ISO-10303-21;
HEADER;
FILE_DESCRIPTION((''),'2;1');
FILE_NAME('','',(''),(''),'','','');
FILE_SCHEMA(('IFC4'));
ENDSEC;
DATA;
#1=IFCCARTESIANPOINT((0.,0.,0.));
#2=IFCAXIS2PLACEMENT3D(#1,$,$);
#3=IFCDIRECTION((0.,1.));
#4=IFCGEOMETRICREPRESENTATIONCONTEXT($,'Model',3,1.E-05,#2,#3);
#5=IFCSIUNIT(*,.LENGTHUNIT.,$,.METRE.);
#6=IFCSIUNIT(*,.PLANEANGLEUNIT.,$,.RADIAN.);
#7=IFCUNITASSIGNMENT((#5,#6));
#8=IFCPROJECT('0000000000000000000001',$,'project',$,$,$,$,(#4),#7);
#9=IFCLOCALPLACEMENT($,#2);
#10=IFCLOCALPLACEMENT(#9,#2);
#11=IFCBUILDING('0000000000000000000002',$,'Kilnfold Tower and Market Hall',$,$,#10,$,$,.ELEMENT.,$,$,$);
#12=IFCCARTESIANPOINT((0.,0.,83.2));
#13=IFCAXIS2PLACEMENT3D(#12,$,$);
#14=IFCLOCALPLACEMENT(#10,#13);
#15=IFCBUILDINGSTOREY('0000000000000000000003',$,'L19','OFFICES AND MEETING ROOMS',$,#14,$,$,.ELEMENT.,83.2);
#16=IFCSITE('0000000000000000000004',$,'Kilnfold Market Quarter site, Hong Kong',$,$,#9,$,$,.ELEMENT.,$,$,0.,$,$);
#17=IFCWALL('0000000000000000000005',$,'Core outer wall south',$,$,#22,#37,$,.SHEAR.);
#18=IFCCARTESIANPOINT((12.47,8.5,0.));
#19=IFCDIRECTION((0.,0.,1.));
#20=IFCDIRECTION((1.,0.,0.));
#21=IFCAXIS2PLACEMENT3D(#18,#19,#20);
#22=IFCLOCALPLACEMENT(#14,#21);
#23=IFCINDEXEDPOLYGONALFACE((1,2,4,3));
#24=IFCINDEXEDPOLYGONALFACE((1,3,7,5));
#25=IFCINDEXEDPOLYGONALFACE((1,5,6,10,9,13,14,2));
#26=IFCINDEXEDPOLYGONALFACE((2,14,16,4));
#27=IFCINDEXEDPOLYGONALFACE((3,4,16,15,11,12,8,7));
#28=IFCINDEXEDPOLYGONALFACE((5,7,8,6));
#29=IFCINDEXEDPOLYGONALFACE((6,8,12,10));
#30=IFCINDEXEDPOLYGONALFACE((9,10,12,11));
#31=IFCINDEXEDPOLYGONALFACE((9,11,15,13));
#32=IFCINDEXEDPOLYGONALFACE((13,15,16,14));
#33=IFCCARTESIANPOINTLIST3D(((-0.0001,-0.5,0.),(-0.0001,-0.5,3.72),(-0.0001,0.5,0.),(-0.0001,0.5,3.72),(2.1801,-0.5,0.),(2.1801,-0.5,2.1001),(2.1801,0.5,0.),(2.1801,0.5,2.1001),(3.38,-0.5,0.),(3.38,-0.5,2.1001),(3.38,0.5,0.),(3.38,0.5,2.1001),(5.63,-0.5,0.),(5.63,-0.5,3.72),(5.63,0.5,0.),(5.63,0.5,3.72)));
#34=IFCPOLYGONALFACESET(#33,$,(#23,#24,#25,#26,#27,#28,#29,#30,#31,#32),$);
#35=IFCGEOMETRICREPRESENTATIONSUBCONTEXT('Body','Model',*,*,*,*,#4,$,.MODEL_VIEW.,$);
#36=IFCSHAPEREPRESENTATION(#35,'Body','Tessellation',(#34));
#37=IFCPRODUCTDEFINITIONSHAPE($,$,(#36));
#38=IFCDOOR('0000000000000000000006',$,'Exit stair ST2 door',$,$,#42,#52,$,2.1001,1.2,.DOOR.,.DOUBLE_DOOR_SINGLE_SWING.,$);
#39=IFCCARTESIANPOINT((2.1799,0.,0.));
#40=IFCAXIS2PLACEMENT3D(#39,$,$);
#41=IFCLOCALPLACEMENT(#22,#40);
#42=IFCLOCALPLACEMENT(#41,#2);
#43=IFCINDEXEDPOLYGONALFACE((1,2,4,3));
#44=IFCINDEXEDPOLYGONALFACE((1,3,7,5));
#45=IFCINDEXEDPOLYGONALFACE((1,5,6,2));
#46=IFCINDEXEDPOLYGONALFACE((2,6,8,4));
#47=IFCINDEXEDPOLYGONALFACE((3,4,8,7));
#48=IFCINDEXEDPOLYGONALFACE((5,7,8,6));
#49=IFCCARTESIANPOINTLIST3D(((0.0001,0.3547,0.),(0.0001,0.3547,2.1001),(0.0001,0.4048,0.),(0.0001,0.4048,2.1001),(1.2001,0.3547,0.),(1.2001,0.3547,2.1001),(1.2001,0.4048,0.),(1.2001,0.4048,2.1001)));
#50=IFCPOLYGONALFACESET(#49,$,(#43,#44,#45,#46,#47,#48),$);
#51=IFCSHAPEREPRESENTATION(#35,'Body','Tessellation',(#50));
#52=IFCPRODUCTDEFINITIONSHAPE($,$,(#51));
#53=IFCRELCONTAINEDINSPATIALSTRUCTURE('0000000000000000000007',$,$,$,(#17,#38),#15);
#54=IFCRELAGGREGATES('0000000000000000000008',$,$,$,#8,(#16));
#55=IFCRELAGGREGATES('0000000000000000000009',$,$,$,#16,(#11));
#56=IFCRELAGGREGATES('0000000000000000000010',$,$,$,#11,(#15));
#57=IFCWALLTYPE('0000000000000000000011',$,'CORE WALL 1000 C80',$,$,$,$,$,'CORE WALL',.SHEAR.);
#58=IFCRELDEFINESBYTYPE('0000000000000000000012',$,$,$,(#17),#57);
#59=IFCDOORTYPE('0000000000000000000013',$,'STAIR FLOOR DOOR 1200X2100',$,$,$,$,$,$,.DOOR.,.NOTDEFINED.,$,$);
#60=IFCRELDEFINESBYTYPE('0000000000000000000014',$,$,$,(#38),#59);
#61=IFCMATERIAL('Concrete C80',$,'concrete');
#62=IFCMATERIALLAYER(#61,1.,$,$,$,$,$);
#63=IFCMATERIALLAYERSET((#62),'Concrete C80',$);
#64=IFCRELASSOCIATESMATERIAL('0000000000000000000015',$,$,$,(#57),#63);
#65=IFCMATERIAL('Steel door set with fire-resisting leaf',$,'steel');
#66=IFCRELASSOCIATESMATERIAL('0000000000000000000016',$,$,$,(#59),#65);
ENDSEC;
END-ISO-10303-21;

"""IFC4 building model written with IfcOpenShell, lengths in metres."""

from ifc_helpers import new_model, si_unit, direction, frame, frame_2d, origin, place, context, subcontext, project, spatial, rectangle, extrude, source, transform, mapped, material, layer, layer_set, type_object, element, fill, save


model = new_model("IFC4")

# Units and contexts
model_context = context("Model", 3, precision=1e-05, world=origin(), true_north=direction((0.0, 1.0)))
body_context = subcontext(model_context, "Body", "Model", "MODEL_VIEW")
ifc_project = project(units=[si_unit("LENGTHUNIT", "METRE"), si_unit("PLANEANGLEUNIT", "RADIAN")], contexts=[model_context])

# Site, building, storey
site_placement = place(None, origin())
site = spatial("IfcSite", under=ifc_project, at=site_placement, Name="Kilnfold Market Quarter site, Hong Kong", CompositionType="ELEMENT", RefElevation=0.0)
building_placement = place(site_placement, origin())
building = spatial("IfcBuilding", under=site, at=building_placement, Name="Kilnfold Tower and Market Hall", CompositionType="ELEMENT")
storey_placement = place(building_placement, frame((0.0, 0.0, 83.2)))
storey = spatial("IfcBuildingStorey", under=building, at=storey_placement, Name="L19", Description="OFFICES AND MEETING ROOMS", CompositionType="ELEMENT", Elevation=83.2)

# Shared definitions
ifc_material_1 = material(Name="Concrete C80", Category="concrete")
ifc_layer_1 = layer(ifc_material_1, 1.0)
ifc_layer_set_1 = layer_set([ifc_layer_1], Name="Concrete C80")
wall_type_1 = type_object("IfcWallType", Name="CORE WALL 1000 C80", ElementType="CORE WALL", PredefinedType="SHEAR", material=ifc_layer_set_1)

# Wall, opening, door
shared_shape_1 = source(origin(), body_context, "Body", "SweptSolid", [
    extrude(rectangle(XDim=5.6301, YDim=1.0, at=frame_2d((2.8149, 0.0))), origin(), (0.0, 0.0, 1.0), 3.72),
])
wall_1_placement = place(storey_placement, frame((12.47, 8.5, 0.0), z_axis=(0.0, 0.0, 1.0), x_axis=(1.0, 0.0, 0.0)))
wall_1 = element("IfcWall", 1, at=wall_1_placement, inside=storey, type_object=wall_type_1, Name="Core outer wall south", PredefinedType="SHEAR", context=body_context, shape_type="MappedRepresentation", body=[
    mapped(shared_shape_1, transform((0.0, 0.0, 0.0))),
])
opening_1_placement = place(wall_1_placement, frame((2.1799, 0.0, 0.0)))
opening_1 = element("IfcOpeningElement", 2, at=opening_1_placement, cuts=wall_1, PredefinedType="OPENING", context=body_context, shape_type="SweptSolid", body=[
    extrude(rectangle(XDim=1.2, YDim=2.1001, at=frame_2d((0.6001, 1.05))), frame((0.0, 0.51, 0.0), z_axis=(0.0, -1.0, 0.0), x_axis=(1.0, 0.0, 0.0)), (0.0, 0.0, 1.0), 1.02),
])
ifc_material_2 = material(Name="Steel door set with fire-resisting leaf", Category="steel")
door_type_1 = type_object("IfcDoorType", Name="STAIR FLOOR DOOR 1200X2100", OperationType="NOTDEFINED", PredefinedType="DOOR", material=ifc_material_2)
door_1_placement = place(opening_1_placement, origin())
door_1 = element("IfcDoor", 3, at=door_1_placement, inside=storey, type_object=door_type_1, Name="Exit stair ST2 door", OperationType="DOUBLE_DOOR_SINGLE_SWING", OverallHeight=2.1001, OverallWidth=1.2, PredefinedType="DOOR", context=body_context, shape_type="SweptSolid", body=[
    extrude(rectangle(XDim=1.2, YDim=2.1001, at=frame_2d((0.6001, 1.05))), frame((0.0, 0.4048, 0.0), z_axis=(0.0, -1.0, 0.0), x_axis=(1.0, 0.0, 0.0)), (0.0, 0.0, 1.0), 0.05),
])
fill(opening_1, door_1)

save(model, "model.ifc")
